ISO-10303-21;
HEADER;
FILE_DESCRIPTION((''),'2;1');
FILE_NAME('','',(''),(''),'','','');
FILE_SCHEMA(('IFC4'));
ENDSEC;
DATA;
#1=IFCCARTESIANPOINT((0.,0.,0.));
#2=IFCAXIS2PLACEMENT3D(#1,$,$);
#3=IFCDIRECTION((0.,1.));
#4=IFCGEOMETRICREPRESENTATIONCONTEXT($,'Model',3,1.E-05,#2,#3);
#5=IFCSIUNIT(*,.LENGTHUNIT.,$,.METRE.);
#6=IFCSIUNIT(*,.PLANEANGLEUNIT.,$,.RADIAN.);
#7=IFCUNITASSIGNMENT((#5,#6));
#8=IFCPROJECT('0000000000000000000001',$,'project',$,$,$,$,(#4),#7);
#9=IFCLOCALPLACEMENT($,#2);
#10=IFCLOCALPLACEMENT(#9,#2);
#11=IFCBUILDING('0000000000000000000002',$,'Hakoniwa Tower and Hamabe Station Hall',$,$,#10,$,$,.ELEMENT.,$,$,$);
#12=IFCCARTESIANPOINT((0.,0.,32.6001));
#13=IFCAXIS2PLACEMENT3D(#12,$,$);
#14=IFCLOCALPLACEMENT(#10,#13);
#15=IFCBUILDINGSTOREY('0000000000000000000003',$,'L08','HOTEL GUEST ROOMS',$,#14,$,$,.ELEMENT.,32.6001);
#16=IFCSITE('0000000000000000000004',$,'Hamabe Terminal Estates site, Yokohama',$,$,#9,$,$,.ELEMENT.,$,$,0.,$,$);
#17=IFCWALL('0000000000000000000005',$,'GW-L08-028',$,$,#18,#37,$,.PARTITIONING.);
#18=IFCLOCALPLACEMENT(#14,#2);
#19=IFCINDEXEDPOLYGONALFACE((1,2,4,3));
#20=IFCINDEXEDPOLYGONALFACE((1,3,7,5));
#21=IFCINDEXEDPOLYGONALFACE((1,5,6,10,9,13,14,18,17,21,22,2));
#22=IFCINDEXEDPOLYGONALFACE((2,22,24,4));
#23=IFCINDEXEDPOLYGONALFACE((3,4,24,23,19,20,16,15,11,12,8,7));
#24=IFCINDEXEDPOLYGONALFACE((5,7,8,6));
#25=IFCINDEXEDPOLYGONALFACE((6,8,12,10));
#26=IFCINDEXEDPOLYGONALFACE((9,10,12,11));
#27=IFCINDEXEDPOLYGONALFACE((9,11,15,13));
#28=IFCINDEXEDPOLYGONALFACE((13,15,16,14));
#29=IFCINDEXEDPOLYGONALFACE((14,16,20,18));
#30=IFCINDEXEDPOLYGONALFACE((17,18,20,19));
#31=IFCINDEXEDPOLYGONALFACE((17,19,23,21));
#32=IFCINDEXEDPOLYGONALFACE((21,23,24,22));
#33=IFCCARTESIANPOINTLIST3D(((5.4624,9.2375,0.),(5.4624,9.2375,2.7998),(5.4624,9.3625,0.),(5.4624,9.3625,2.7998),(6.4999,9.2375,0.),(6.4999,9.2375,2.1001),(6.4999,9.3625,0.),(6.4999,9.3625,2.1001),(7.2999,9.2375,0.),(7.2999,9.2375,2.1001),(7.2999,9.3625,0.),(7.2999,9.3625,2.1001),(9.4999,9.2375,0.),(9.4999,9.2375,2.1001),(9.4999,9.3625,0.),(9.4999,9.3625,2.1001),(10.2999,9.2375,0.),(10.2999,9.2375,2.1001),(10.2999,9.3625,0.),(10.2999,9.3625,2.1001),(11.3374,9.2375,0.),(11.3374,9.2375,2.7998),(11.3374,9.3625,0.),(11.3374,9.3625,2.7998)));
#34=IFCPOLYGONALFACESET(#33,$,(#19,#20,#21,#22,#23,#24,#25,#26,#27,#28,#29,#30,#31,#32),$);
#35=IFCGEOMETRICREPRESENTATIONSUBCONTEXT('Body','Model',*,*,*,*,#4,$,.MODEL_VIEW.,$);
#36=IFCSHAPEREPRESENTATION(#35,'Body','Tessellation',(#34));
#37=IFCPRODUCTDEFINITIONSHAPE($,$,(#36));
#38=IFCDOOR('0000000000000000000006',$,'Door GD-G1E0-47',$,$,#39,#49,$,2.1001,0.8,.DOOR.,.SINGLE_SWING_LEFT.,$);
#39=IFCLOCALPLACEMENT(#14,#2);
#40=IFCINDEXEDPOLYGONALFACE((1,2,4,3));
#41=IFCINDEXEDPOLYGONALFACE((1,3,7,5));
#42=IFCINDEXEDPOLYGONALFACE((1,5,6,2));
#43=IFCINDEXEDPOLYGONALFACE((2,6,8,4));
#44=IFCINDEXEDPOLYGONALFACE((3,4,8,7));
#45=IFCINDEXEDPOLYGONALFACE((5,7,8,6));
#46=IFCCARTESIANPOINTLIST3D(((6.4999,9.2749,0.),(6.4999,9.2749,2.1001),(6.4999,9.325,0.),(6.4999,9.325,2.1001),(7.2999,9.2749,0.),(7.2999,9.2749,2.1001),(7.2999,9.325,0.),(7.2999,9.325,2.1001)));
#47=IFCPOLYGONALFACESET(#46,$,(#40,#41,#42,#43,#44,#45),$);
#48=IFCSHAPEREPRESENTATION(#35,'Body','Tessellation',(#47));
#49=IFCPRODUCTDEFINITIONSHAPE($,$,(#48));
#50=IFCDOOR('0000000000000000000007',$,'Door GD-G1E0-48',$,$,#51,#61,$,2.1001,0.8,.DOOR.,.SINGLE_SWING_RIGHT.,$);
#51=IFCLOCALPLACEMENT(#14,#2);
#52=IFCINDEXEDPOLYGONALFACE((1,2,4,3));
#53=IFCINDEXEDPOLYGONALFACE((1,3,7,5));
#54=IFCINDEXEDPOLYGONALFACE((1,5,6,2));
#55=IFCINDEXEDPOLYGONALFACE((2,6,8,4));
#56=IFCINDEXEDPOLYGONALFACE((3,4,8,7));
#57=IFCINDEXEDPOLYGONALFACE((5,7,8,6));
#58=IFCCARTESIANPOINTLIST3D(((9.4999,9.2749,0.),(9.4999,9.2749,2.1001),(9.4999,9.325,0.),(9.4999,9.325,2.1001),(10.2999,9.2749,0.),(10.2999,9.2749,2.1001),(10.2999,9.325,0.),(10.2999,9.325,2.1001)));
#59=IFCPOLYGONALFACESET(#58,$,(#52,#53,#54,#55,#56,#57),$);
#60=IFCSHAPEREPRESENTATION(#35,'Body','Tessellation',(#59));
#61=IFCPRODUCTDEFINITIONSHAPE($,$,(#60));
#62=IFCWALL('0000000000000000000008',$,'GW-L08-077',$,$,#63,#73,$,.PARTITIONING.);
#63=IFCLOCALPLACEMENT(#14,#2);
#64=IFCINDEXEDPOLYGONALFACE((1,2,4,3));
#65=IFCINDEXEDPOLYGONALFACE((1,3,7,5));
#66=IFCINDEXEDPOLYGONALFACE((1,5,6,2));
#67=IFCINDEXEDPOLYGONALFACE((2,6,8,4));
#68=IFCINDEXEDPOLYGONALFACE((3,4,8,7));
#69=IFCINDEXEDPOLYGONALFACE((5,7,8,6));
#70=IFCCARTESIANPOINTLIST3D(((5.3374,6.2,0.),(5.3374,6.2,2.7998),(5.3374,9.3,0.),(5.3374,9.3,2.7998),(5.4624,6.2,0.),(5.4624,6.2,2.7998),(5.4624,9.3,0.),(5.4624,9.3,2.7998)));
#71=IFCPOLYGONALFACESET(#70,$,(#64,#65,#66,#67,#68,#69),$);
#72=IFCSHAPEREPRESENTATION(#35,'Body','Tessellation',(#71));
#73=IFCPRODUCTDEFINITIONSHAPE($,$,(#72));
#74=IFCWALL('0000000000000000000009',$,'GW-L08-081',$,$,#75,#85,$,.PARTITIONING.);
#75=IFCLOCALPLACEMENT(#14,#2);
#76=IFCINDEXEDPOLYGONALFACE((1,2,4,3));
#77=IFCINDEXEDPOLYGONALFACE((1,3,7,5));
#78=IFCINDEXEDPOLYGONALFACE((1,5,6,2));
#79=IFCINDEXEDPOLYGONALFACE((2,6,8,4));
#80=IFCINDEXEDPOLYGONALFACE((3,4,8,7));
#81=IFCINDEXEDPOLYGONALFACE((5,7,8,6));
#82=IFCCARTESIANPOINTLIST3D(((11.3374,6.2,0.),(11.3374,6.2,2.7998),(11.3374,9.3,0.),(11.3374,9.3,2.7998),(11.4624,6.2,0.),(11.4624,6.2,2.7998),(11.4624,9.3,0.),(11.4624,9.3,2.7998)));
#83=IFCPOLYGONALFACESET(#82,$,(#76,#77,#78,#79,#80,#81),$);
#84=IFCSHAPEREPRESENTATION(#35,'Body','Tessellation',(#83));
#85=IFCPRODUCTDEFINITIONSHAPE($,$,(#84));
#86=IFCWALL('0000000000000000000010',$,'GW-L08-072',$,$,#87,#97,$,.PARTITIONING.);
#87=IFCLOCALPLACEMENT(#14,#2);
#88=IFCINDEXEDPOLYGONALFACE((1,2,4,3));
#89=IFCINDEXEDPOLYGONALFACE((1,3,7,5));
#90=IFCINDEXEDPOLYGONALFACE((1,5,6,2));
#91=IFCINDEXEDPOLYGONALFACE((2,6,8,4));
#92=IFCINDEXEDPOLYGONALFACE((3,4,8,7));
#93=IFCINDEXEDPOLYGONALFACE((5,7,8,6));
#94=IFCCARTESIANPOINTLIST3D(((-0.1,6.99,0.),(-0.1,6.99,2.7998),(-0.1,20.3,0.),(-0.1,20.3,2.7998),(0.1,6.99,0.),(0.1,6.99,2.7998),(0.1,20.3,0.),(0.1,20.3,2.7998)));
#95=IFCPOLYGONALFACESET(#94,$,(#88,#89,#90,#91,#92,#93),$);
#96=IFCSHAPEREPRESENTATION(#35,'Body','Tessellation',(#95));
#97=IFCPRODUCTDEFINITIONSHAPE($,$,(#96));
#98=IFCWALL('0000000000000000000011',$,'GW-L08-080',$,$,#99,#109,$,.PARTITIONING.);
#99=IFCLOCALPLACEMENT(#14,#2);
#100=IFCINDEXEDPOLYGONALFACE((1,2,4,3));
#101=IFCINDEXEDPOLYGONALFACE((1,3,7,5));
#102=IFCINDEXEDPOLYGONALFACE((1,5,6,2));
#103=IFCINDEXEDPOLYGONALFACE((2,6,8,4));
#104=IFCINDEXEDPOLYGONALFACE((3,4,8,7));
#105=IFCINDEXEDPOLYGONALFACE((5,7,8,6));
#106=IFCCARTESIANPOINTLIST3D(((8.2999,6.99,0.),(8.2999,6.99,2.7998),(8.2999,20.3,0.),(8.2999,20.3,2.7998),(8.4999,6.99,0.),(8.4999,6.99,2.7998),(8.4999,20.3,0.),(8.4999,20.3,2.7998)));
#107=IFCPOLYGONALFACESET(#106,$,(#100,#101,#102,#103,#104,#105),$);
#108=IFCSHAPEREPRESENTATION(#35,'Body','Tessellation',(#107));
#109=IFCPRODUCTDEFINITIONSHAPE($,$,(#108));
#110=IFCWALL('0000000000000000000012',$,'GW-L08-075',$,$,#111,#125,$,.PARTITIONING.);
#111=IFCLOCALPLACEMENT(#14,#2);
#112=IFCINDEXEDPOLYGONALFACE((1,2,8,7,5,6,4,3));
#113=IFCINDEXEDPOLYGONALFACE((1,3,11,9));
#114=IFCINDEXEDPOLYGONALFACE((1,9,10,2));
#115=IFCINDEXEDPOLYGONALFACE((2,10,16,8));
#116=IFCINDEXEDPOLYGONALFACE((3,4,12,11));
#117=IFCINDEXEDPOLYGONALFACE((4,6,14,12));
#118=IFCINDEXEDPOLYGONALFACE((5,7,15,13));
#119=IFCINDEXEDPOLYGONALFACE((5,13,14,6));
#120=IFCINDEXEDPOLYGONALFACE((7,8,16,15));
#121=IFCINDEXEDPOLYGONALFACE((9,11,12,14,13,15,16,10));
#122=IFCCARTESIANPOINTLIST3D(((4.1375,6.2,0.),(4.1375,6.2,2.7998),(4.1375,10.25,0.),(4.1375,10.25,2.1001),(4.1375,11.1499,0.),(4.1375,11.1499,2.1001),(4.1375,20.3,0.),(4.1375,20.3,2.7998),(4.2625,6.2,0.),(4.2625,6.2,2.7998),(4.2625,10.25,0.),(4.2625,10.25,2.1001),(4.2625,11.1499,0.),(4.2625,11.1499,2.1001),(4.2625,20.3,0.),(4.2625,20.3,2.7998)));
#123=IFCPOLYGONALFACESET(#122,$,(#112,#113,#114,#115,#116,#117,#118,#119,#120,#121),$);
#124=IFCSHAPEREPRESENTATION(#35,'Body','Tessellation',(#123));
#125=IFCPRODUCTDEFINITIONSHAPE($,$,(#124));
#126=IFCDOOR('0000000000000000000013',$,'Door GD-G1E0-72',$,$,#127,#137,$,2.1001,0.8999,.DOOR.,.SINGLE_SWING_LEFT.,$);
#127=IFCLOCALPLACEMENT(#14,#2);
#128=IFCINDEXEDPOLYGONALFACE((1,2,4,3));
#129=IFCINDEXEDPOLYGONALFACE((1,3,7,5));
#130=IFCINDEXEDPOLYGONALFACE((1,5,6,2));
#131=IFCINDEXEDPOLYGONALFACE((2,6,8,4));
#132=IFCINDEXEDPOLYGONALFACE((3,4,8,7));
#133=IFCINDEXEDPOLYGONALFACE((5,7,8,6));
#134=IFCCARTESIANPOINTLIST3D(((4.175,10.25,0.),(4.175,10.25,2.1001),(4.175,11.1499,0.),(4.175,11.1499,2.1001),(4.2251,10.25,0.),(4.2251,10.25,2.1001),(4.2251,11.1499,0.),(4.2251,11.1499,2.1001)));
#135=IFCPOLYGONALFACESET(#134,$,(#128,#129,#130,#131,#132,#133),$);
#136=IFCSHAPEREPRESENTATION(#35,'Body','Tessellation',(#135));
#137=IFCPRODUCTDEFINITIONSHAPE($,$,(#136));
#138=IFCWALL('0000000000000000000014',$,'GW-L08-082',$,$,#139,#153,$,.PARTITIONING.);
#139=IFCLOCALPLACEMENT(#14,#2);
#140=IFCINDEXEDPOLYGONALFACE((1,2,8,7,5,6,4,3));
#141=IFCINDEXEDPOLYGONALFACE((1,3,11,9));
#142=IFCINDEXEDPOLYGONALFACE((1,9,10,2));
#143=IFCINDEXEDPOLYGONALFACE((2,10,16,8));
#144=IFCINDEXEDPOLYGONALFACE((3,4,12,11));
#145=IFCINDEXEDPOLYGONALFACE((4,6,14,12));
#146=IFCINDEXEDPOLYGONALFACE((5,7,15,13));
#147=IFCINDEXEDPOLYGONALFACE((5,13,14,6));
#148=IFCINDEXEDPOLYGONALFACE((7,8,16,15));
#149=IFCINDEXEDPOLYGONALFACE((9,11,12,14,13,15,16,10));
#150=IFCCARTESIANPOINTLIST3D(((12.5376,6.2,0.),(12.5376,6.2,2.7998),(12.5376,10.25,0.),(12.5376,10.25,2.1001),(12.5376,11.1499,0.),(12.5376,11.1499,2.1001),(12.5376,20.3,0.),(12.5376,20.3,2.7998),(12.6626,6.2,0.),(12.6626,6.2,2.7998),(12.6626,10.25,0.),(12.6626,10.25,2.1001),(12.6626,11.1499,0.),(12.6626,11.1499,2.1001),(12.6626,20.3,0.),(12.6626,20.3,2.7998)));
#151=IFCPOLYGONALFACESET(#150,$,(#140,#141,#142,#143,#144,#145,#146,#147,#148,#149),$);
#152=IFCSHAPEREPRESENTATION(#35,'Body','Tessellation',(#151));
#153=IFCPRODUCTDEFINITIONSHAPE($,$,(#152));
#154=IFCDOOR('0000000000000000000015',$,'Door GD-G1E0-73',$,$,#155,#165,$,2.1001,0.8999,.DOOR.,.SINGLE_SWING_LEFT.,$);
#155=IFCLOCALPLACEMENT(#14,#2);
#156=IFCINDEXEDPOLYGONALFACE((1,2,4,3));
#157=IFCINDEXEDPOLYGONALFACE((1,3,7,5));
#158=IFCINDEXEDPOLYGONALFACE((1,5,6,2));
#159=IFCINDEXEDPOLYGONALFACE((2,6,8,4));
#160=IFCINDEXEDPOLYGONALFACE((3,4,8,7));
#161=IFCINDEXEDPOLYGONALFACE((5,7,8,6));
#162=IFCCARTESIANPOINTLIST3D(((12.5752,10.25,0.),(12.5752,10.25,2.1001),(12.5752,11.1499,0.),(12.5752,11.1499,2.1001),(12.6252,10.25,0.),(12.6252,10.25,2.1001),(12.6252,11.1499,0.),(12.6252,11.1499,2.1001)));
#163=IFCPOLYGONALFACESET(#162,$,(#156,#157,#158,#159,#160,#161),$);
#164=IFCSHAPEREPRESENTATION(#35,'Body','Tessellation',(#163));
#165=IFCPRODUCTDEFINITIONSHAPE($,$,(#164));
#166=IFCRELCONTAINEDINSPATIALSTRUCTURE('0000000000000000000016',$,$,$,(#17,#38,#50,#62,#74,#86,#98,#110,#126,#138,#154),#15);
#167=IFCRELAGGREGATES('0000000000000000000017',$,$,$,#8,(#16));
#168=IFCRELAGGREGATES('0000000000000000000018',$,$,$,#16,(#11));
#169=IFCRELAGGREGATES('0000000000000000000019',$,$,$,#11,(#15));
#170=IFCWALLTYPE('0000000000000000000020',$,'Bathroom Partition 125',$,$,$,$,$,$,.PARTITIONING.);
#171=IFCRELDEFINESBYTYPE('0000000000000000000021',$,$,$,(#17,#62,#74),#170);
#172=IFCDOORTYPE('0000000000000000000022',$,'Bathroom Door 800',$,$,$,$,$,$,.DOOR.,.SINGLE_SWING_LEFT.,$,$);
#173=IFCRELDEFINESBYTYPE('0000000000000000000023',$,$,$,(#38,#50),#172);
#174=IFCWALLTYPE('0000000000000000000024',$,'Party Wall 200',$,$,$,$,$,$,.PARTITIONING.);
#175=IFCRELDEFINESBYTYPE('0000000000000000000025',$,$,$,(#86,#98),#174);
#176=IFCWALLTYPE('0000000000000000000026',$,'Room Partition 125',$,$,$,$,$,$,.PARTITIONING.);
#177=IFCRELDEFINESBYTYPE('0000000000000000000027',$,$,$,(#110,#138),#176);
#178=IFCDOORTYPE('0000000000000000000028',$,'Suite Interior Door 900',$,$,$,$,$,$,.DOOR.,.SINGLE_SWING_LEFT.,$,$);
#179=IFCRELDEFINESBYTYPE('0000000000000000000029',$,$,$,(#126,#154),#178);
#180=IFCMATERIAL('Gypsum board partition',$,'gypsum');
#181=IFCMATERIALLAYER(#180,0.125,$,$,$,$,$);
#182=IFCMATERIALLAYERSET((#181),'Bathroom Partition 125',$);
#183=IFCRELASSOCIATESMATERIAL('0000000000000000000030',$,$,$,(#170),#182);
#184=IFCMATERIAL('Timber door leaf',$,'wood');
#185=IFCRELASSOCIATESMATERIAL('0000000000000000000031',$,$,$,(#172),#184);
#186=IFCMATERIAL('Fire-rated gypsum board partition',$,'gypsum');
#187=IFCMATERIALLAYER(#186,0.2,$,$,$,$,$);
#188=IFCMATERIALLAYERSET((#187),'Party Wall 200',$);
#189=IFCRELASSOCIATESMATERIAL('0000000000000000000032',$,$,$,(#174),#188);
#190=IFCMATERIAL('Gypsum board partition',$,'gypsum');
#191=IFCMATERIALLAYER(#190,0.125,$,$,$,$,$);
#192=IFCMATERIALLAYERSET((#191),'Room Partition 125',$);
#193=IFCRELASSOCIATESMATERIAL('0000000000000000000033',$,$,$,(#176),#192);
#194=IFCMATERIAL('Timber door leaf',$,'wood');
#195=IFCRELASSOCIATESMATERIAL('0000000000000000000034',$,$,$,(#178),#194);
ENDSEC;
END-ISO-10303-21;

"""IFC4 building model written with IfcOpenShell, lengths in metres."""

from ifc_helpers import new_model, si_unit, direction, frame, frame_2d, origin, place, context, subcontext, project, spatial, rectangle, extrude, material, layer, layer_set, type_object, element, fill, save


model = new_model("IFC4")

# Units and contexts
model_context = context("Model", 3, precision=1e-05, world=origin(), true_north=direction((0.0, 1.0)))
body_context = subcontext(model_context, "Body", "Model", "MODEL_VIEW")
ifc_project = project(units=[si_unit("LENGTHUNIT", "METRE"), si_unit("PLANEANGLEUNIT", "RADIAN")], contexts=[model_context])

# Site, building, storey
site_placement = place(None, origin())
site = spatial("IfcSite", under=ifc_project, at=site_placement, Name="Hamabe Terminal Estates site, Yokohama", CompositionType="ELEMENT", RefElevation=0.0)
building_placement = place(site_placement, origin())
building = spatial("IfcBuilding", under=site, at=building_placement, Name="Hakoniwa Tower and Hamabe Station Hall", CompositionType="ELEMENT")
storey_placement = place(building_placement, frame((0.0, 0.0, 32.6001)))
storey = spatial("IfcBuildingStorey", under=building, at=storey_placement, Name="L08", Description="HOTEL GUEST ROOMS", CompositionType="ELEMENT", Elevation=32.6001)

# Wall, openings, doors
ifc_material_1 = material(Name="Gypsum board partition", Category="gypsum")
ifc_layer_1 = layer(ifc_material_1, 0.125)
ifc_layer_set_1 = layer_set([ifc_layer_1], Name="Bathroom Partition 125")
wall_type_1 = type_object("IfcWallType", Name="Bathroom Partition 125", PredefinedType="PARTITIONING", material=ifc_layer_set_1)
wall_1_placement = place(storey_placement, frame((5.4624, 9.3, 0.0), z_axis=(0.0, 0.0, 1.0), x_axis=(1.0, 0.0, 0.0)))
wall_1 = element("IfcWall", 1, at=wall_1_placement, inside=storey, type_object=wall_type_1, Name="GW-L08-028", PredefinedType="PARTITIONING", context=body_context, shape_type="SweptSolid", body=[
    extrude(rectangle(XDim=5.875, YDim=0.125, at=frame_2d((2.9375, 0.0))), origin(), (0.0, 0.0, 1.0), 2.7998),
])
opening_1_placement = place(wall_1_placement, frame((1.0376, 0.0, 0.0)))
opening_1 = element("IfcOpeningElement", 2, at=opening_1_placement, cuts=wall_1, PredefinedType="OPENING", context=body_context, shape_type="SweptSolid", body=[
    extrude(rectangle(XDim=0.8, YDim=2.1001, at=frame_2d((0.3999, 1.05))), frame((0.0, 0.0725, 0.0), z_axis=(0.0, -1.0, 0.0), x_axis=(1.0, 0.0, 0.0)), (0.0, 0.0, 1.0), 0.145),
])
opening_2_placement = place(wall_1_placement, frame((4.0376, 0.0, 0.0)))
opening_2 = element("IfcOpeningElement", 3, at=opening_2_placement, cuts=wall_1, PredefinedType="OPENING", context=body_context, shape_type="SweptSolid", body=[
    extrude(rectangle(XDim=0.8, YDim=2.1001, at=frame_2d((0.3999, 1.05))), frame((0.0, 0.0725, 0.0), z_axis=(0.0, -1.0, 0.0), x_axis=(1.0, 0.0, 0.0)), (0.0, 0.0, 1.0), 0.145),
])
ifc_material_2 = material(Name="Timber door leaf", Category="wood")
door_type_1 = type_object("IfcDoorType", Name="Bathroom Door 800", OperationType="SINGLE_SWING_LEFT", PredefinedType="DOOR", material=ifc_material_2)
door_1_placement = place(opening_1_placement, origin())
door_1 = element("IfcDoor", 4, at=door_1_placement, inside=storey, type_object=door_type_1, Name="Door GD-G1E0-47", OperationType="SINGLE_SWING_LEFT", OverallHeight=2.1001, OverallWidth=0.8, PredefinedType="DOOR", context=body_context, shape_type="SweptSolid", body=[
    extrude(rectangle(XDim=0.8, YDim=2.1001, at=frame_2d((0.3999, 1.05))), frame((0.0, 0.0249, 0.0), z_axis=(0.0, -1.0, 0.0), x_axis=(1.0, 0.0, 0.0)), (0.0, 0.0, 1.0), 0.05),
])
fill(opening_1, door_1)
door_2_placement = place(opening_2_placement, origin())
door_2 = element("IfcDoor", 5, at=door_2_placement, inside=storey, type_object=door_type_1, Name="Door GD-G1E0-48", OperationType="SINGLE_SWING_RIGHT", OverallHeight=2.1001, OverallWidth=0.8, PredefinedType="DOOR", context=body_context, shape_type="SweptSolid", body=[
    extrude(rectangle(XDim=0.8, YDim=2.1001, at=frame_2d((0.3999, 1.05))), frame((0.0, 0.0249, 0.0), z_axis=(0.0, -1.0, 0.0), x_axis=(1.0, 0.0, 0.0)), (0.0, 0.0, 1.0), 0.05),
])
fill(opening_2, door_2)

# Walls
for number, where, z_axis, x_axis, name in (
    (6, (5.3999, 6.2, 0.0), (0.0, 0.0, 1.0), (0.0, 1.0, 0.0), "GW-L08-077"),
    (7, (11.3999, 6.2, 0.0), (0.0, 0.0, 1.0), (0.0, 1.0, 0.0), "GW-L08-081"),
):
    element("IfcWall", number, at=place(storey_placement, frame(where, z_axis=z_axis, x_axis=x_axis)), inside=storey, type_object=wall_type_1, Name=name, PredefinedType="PARTITIONING", context=body_context, shape_type="SweptSolid", body=[
        extrude(rectangle(XDim=3.1001, YDim=0.125, at=frame_2d((1.55, 0.0))), origin(), (0.0, 0.0, 1.0), 2.7998),
    ])
ifc_material_3 = material(Name="Fire-rated gypsum board partition", Category="gypsum")
ifc_layer_2 = layer(ifc_material_3, 0.2)
ifc_layer_set_2 = layer_set([ifc_layer_2], Name="Party Wall 200")
wall_type_2 = type_object("IfcWallType", Name="Party Wall 200", PredefinedType="PARTITIONING", material=ifc_layer_set_2)
for number, where, z_axis, x_axis, name in (
    (8, (0.0, 6.99, 0.0), (0.0, 0.0, 1.0), (0.0, 1.0, 0.0), "GW-L08-072"),
    (9, (8.3999, 6.99, 0.0), (0.0, 0.0, 1.0), (0.0, 1.0, 0.0), "GW-L08-080"),
):
    element("IfcWall", number, at=place(storey_placement, frame(where, z_axis=z_axis, x_axis=x_axis)), inside=storey, type_object=wall_type_2, Name=name, PredefinedType="PARTITIONING", context=body_context, shape_type="SweptSolid", body=[
        extrude(rectangle(XDim=13.3101, YDim=0.2, at=frame_2d((6.655, 0.0))), origin(), (0.0, 0.0, 1.0), 2.7998),
    ])

# Walls, openings, doors
ifc_material_4 = material(Name="Gypsum board partition", Category="gypsum")
ifc_layer_3 = layer(ifc_material_4, 0.125)
ifc_layer_set_3 = layer_set([ifc_layer_3], Name="Room Partition 125")
wall_type_3 = type_object("IfcWallType", Name="Room Partition 125", PredefinedType="PARTITIONING", material=ifc_layer_set_3)
wall_2_placement = place(storey_placement, frame((4.2, 6.2, 0.0), z_axis=(0.0, 0.0, 1.0), x_axis=(0.0, 1.0, 0.0)))
wall_2 = element("IfcWall", 10, at=wall_2_placement, inside=storey, type_object=wall_type_3, Name="GW-L08-075", PredefinedType="PARTITIONING", context=body_context, shape_type="SweptSolid", body=[
    extrude(rectangle(XDim=14.1001, YDim=0.125, at=frame_2d((7.05, 0.0))), origin(), (0.0, 0.0, 1.0), 2.7998),
])
opening_3_placement = place(wall_2_placement, frame((4.05, 0.0, 0.0)))
opening_3 = element("IfcOpeningElement", 11, at=opening_3_placement, cuts=wall_2, PredefinedType="OPENING", context=body_context, shape_type="SweptSolid", body=[
    extrude(rectangle(XDim=0.8999, YDim=2.1001, at=frame_2d((0.45, 1.05))), frame((0.0, 0.0725, 0.0), z_axis=(0.0, -1.0, 0.0), x_axis=(1.0, 0.0, 0.0)), (0.0, 0.0, 1.0), 0.145),
])
ifc_material_5 = material(Name="Timber door leaf", Category="wood")
door_type_2 = type_object("IfcDoorType", Name="Suite Interior Door 900", OperationType="SINGLE_SWING_LEFT", PredefinedType="DOOR", material=ifc_material_5)
door_3_placement = place(opening_3_placement, origin())
door_3 = element("IfcDoor", 12, at=door_3_placement, inside=storey, type_object=door_type_2, Name="Door GD-G1E0-72", OperationType="SINGLE_SWING_LEFT", OverallHeight=2.1001, OverallWidth=0.8999, PredefinedType="DOOR", context=body_context, shape_type="SweptSolid", body=[
    extrude(rectangle(XDim=0.8999, YDim=2.1001, at=frame_2d((0.45, 1.05))), frame((0.0, 0.0249, 0.0), z_axis=(0.0, -1.0, 0.0), x_axis=(1.0, 0.0, 0.0)), (0.0, 0.0, 1.0), 0.05),
])
fill(opening_3, door_3)
wall_3_placement = place(storey_placement, frame((12.6001, 6.2, 0.0), z_axis=(0.0, 0.0, 1.0), x_axis=(0.0, 1.0, 0.0)))
wall_3 = element("IfcWall", 13, at=wall_3_placement, inside=storey, type_object=wall_type_3, Name="GW-L08-082", PredefinedType="PARTITIONING", context=body_context, shape_type="SweptSolid", body=[
    extrude(rectangle(XDim=14.1001, YDim=0.125, at=frame_2d((7.05, 0.0))), origin(), (0.0, 0.0, 1.0), 2.7998),
])
opening_4_placement = place(wall_3_placement, frame((4.05, 0.0, 0.0)))
opening_4 = element("IfcOpeningElement", 14, at=opening_4_placement, cuts=wall_3, PredefinedType="OPENING", context=body_context, shape_type="SweptSolid", body=[
    extrude(rectangle(XDim=0.8999, YDim=2.1001, at=frame_2d((0.45, 1.05))), frame((0.0, 0.0725, 0.0), z_axis=(0.0, -1.0, 0.0), x_axis=(1.0, 0.0, 0.0)), (0.0, 0.0, 1.0), 0.145),
])
door_4_placement = place(opening_4_placement, origin())
door_4 = element("IfcDoor", 15, at=door_4_placement, inside=storey, type_object=door_type_2, Name="Door GD-G1E0-73", OperationType="SINGLE_SWING_LEFT", OverallHeight=2.1001, OverallWidth=0.8999, PredefinedType="DOOR", context=body_context, shape_type="SweptSolid", body=[
    extrude(rectangle(XDim=0.8999, YDim=2.1001, at=frame_2d((0.45, 1.05))), frame((0.0, 0.0249, 0.0), z_axis=(0.0, -1.0, 0.0), x_axis=(1.0, 0.0, 0.0)), (0.0, 0.0, 1.0), 0.05),
])
fill(opening_4, door_4)

save(model, "model.ifc")
